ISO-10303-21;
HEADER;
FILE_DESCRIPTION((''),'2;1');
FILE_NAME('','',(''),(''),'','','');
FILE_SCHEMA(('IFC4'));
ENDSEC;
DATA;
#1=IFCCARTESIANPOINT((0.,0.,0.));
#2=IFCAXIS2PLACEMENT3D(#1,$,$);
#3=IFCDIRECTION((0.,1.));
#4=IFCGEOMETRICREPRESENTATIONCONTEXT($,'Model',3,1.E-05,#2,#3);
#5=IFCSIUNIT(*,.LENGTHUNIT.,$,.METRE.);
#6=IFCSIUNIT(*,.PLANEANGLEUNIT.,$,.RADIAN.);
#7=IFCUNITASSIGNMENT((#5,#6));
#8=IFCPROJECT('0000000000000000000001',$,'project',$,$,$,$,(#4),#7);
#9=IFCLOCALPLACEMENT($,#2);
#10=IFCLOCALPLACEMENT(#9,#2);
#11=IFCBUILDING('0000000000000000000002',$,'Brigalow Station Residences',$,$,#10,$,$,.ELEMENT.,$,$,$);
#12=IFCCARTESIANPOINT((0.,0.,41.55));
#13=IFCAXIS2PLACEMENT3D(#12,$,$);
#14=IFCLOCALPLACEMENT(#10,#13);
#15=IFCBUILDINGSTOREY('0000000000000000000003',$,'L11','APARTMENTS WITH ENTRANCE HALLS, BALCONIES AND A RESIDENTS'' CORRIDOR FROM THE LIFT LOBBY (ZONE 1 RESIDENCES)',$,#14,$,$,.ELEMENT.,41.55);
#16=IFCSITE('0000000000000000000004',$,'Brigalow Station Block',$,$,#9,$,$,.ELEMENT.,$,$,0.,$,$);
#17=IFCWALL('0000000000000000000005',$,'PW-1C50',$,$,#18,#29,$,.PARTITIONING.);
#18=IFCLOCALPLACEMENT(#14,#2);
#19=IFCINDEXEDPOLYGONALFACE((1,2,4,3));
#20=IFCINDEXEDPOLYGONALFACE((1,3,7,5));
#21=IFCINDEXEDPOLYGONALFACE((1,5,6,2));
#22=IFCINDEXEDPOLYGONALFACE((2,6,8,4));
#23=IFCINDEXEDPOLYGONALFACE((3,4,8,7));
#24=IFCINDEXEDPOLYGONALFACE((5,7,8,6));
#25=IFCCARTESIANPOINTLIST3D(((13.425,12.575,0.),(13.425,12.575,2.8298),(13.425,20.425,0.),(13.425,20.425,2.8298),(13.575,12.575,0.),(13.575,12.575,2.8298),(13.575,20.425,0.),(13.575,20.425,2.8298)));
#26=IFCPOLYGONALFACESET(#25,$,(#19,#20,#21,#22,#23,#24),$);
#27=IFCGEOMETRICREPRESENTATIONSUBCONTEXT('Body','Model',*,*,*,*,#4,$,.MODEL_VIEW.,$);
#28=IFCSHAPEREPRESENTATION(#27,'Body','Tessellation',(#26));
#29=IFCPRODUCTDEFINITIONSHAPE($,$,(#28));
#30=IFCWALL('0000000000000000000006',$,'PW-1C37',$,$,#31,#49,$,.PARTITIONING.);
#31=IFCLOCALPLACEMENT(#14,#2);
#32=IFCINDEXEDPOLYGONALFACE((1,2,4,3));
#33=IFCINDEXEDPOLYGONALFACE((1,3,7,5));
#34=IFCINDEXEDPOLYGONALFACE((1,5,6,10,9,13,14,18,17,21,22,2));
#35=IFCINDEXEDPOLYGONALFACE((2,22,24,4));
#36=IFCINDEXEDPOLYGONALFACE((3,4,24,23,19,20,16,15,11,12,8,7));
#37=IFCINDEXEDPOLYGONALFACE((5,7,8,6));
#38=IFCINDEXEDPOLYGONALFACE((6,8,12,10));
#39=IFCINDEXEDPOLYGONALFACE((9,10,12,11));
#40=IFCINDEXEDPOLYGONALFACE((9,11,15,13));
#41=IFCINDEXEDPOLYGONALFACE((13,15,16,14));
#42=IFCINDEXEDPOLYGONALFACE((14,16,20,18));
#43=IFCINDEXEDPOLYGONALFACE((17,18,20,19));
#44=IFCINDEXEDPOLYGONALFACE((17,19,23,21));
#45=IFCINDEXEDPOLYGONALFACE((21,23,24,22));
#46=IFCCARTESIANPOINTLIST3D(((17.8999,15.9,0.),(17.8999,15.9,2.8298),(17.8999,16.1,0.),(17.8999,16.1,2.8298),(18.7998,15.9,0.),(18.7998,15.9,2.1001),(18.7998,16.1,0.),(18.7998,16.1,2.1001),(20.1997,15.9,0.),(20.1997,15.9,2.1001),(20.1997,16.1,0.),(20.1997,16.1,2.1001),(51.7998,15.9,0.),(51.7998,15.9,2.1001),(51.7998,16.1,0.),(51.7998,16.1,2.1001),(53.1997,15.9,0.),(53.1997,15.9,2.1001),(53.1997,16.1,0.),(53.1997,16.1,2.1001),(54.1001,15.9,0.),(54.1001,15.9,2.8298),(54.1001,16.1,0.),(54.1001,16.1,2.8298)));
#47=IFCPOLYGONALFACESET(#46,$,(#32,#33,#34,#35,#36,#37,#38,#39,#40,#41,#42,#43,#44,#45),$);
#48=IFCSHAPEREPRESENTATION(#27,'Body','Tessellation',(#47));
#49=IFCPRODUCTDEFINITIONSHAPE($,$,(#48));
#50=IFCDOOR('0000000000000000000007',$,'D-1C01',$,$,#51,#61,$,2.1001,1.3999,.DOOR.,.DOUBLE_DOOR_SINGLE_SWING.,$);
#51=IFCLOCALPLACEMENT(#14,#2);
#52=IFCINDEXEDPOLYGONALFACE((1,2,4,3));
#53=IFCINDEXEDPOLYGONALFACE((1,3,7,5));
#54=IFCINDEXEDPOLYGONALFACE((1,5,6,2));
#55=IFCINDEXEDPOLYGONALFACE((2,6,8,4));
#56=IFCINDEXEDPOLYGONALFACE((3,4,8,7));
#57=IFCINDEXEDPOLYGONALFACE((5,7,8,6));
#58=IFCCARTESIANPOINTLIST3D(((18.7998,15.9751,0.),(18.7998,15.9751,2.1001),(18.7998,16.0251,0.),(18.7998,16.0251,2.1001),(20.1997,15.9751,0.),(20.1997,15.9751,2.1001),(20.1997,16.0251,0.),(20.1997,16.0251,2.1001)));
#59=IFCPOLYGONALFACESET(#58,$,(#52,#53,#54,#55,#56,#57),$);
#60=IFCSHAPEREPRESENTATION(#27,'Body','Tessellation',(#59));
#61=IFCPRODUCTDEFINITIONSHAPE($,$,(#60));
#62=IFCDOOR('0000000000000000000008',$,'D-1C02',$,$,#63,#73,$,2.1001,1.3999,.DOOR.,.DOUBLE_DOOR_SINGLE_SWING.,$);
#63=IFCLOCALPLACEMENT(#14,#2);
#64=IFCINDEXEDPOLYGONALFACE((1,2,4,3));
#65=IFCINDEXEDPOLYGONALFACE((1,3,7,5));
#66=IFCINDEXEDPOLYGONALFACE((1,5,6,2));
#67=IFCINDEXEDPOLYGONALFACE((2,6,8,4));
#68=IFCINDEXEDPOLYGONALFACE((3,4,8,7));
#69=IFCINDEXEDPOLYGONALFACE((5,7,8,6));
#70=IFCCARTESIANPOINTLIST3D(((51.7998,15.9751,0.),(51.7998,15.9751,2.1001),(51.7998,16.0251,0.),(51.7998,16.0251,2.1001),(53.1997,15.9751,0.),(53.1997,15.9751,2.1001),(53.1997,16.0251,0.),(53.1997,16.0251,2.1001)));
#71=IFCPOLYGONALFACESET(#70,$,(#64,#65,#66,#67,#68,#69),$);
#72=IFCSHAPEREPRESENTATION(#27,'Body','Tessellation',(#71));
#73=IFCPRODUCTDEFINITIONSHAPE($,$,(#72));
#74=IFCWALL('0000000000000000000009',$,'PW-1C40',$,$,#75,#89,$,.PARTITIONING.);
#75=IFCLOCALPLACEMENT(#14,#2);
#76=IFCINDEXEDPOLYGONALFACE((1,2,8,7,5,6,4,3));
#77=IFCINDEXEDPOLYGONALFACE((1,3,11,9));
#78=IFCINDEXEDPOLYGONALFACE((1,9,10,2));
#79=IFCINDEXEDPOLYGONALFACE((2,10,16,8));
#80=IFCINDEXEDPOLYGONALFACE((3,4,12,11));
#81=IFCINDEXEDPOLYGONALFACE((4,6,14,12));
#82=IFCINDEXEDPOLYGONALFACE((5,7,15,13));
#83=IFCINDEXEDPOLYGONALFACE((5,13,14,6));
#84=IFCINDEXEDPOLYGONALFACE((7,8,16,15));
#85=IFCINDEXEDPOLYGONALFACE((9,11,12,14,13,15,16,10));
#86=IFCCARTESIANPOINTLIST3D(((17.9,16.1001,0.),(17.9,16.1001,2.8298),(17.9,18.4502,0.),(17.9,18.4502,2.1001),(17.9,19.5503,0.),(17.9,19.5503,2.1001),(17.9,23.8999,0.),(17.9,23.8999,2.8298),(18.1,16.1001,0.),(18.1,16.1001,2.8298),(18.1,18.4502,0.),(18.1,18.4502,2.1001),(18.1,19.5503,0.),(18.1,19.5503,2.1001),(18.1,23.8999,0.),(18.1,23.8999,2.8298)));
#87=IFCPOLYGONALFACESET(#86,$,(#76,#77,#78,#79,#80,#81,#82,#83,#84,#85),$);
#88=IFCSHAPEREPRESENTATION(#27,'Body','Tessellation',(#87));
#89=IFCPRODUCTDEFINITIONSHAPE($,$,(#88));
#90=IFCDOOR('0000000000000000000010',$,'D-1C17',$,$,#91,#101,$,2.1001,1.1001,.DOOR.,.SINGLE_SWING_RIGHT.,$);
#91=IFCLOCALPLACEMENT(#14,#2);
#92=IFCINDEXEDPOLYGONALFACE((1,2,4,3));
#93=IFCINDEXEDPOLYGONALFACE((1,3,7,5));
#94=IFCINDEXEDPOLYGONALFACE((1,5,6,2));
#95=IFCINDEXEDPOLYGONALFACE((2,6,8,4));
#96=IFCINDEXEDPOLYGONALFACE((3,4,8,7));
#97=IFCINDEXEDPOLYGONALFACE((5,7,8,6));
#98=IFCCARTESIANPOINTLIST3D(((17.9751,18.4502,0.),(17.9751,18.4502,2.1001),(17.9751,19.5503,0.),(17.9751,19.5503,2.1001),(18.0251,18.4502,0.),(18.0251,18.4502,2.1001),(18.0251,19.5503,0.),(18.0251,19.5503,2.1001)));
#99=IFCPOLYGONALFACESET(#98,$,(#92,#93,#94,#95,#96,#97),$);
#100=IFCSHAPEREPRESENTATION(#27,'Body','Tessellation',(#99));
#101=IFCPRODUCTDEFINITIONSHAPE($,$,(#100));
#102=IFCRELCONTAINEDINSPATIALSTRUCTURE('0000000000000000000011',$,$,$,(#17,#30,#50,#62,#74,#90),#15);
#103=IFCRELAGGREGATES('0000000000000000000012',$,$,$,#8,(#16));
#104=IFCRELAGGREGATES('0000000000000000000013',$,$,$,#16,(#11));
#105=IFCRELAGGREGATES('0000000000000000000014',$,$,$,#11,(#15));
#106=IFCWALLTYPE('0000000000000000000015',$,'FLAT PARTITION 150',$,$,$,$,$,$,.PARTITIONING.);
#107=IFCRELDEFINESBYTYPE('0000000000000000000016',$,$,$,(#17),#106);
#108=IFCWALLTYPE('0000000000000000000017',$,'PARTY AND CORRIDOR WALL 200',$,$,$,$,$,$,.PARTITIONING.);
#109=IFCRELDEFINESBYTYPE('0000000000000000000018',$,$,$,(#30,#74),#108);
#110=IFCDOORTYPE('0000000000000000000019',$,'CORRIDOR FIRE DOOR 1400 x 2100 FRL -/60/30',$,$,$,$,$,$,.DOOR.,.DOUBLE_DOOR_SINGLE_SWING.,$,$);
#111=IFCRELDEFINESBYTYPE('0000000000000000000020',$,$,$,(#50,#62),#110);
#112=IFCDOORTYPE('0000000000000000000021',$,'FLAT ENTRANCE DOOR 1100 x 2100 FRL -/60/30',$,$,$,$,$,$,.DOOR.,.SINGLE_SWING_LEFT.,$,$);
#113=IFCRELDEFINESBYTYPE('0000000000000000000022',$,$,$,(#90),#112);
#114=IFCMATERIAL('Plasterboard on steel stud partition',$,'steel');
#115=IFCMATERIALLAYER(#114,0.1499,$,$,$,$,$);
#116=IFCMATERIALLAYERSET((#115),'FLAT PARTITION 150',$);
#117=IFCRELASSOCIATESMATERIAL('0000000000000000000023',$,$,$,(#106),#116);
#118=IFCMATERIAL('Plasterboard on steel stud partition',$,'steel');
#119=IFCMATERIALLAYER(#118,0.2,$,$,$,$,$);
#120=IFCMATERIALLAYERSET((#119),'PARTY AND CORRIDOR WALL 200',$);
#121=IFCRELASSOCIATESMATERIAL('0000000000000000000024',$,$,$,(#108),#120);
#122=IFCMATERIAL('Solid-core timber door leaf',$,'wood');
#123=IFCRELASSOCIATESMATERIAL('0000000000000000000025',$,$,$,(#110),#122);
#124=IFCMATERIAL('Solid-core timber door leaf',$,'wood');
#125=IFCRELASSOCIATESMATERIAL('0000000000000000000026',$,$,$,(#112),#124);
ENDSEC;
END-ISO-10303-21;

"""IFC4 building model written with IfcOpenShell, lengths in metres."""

from ifc_helpers import new_model, si_unit, direction, frame, frame_2d, origin, place, context, subcontext, project, spatial, rectangle, extrude, material, layer, layer_set, type_object, element, fill, save


model = new_model("IFC4")

# Units and contexts
model_context = context("Model", 3, precision=1e-05, world=origin(), true_north=direction((0.0, 1.0)))
body_context = subcontext(model_context, "Body", "Model", "MODEL_VIEW")
ifc_project = project(units=[si_unit("LENGTHUNIT", "METRE"), si_unit("PLANEANGLEUNIT", "RADIAN")], contexts=[model_context])

# Site, building, storey
site_placement = place(None, origin())
site = spatial("IfcSite", under=ifc_project, at=site_placement, Name="Brigalow Station Block", CompositionType="ELEMENT", RefElevation=0.0)
building_placement = place(site_placement, origin())
building = spatial("IfcBuilding", under=site, at=building_placement, Name="Brigalow Station Residences", CompositionType="ELEMENT")
storey_placement = place(building_placement, frame((0.0, 0.0, 41.55)))
storey = spatial("IfcBuildingStorey", under=building, at=storey_placement, Name="L11", Description="APARTMENTS WITH ENTRANCE HALLS, BALCONIES AND A RESIDENTS' CORRIDOR FROM THE LIFT LOBBY (ZONE 1 RESIDENCES)", CompositionType="ELEMENT", Elevation=41.55)

# Shared definitions
ifc_material_1 = material(Name="Plasterboard on steel stud partition", Category="steel")
ifc_layer_1 = layer(ifc_material_1, 0.1499)
ifc_layer_set_1 = layer_set([ifc_layer_1], Name="FLAT PARTITION 150")
wall_type_1 = type_object("IfcWallType", Name="FLAT PARTITION 150", PredefinedType="PARTITIONING", material=ifc_layer_set_1)

# Wall
wall_1_placement = place(storey_placement, frame((13.5, 12.575, 0.0), z_axis=(0.0, 0.0, 1.0), x_axis=(0.0, 1.0, 0.0)))
element("IfcWall", 1, at=wall_1_placement, inside=storey, type_object=wall_type_1, Name="PW-1C50", PredefinedType="PARTITIONING", context=body_context, shape_type="SweptSolid", body=[
    extrude(rectangle(XDim=7.8501, YDim=0.1499, at=frame_2d((3.925, 0.0))), origin(), (0.0, 0.0, 1.0), 2.8298),
])

# Wall, openings, doors
ifc_material_2 = material(Name="Plasterboard on steel stud partition", Category="steel")
ifc_layer_2 = layer(ifc_material_2, 0.2)
ifc_layer_set_2 = layer_set([ifc_layer_2], Name="PARTY AND CORRIDOR WALL 200")
wall_type_2 = type_object("IfcWallType", Name="PARTY AND CORRIDOR WALL 200", PredefinedType="PARTITIONING", material=ifc_layer_set_2)
wall_2_placement = place(storey_placement, frame((17.8999, 16.0, 0.0), z_axis=(0.0, 0.0, 1.0), x_axis=(1.0, 0.0, 0.0)))
wall_2 = element("IfcWall", 2, at=wall_2_placement, inside=storey, type_object=wall_type_2, Name="PW-1C37", PredefinedType="PARTITIONING", context=body_context, shape_type="SweptSolid", body=[
    extrude(rectangle(XDim=36.2002, YDim=0.2, at=frame_2d((18.1001, 0.0))), origin(), (0.0, 0.0, 1.0), 2.8298),
])
opening_1_placement = place(wall_2_placement, frame((0.8999, 0.0, 0.0)))
opening_1 = element("IfcOpeningElement", 3, at=opening_1_placement, cuts=wall_2, PredefinedType="OPENING", context=body_context, shape_type="SweptSolid", body=[
    extrude(rectangle(XDim=1.3999, YDim=2.1001, at=frame_2d((0.7, 1.05))), frame((0.0, 0.1099, 0.0), z_axis=(0.0, -1.0, 0.0), x_axis=(1.0, 0.0, 0.0)), (0.0, 0.0, 1.0), 0.22),
])
opening_2_placement = place(wall_2_placement, frame((33.8999, 0.0, 0.0)))
opening_2 = element("IfcOpeningElement", 4, at=opening_2_placement, cuts=wall_2, PredefinedType="OPENING", context=body_context, shape_type="SweptSolid", body=[
    extrude(rectangle(XDim=1.3999, YDim=2.1001, at=frame_2d((0.7, 1.05))), frame((0.0, 0.1099, 0.0), z_axis=(0.0, -1.0, 0.0), x_axis=(1.0, 0.0, 0.0)), (0.0, 0.0, 1.0), 0.22),
])
ifc_material_3 = material(Name="Solid-core timber door leaf", Category="wood")
door_type_1 = type_object("IfcDoorType", Name="CORRIDOR FIRE DOOR 1400 x 2100 FRL -/60/30", OperationType="DOUBLE_DOOR_SINGLE_SWING", PredefinedType="DOOR", material=ifc_material_3)
door_1_placement = place(opening_1_placement, frame((1.3999, 0.0, 0.0), z_axis=(0.0, 0.0, 1.0), x_axis=(-1.0, 0.0, 0.0)))
door_1 = element("IfcDoor", 5, at=door_1_placement, inside=storey, type_object=door_type_1, Name="D-1C01", OperationType="DOUBLE_DOOR_SINGLE_SWING", OverallHeight=2.1001, OverallWidth=1.3999, PredefinedType="DOOR", context=body_context, shape_type="SweptSolid", body=[
    extrude(rectangle(XDim=1.3999, YDim=2.1001, at=frame_2d((0.7, 1.05))), frame((0.0, 0.0249, 0.0), z_axis=(0.0, -1.0, 0.0), x_axis=(1.0, 0.0, 0.0)), (0.0, 0.0, 1.0), 0.05),
])
fill(opening_1, door_1)
door_2_placement = place(opening_2_placement, frame((1.3999, 0.0, 0.0), z_axis=(0.0, 0.0, 1.0), x_axis=(-1.0, 0.0, 0.0)))
door_2 = element("IfcDoor", 6, at=door_2_placement, inside=storey, type_object=door_type_1, Name="D-1C02", OperationType="DOUBLE_DOOR_SINGLE_SWING", OverallHeight=2.1001, OverallWidth=1.3999, PredefinedType="DOOR", context=body_context, shape_type="SweptSolid", body=[
    extrude(rectangle(XDim=1.3999, YDim=2.1001, at=frame_2d((0.7, 1.05))), frame((0.0, 0.0249, 0.0), z_axis=(0.0, -1.0, 0.0), x_axis=(1.0, 0.0, 0.0)), (0.0, 0.0, 1.0), 0.05),
])
fill(opening_2, door_2)

# Wall, opening, door
wall_3_placement = place(storey_placement, frame((18.0, 16.1001, 0.0), z_axis=(0.0, 0.0, 1.0), x_axis=(0.0, 1.0, 0.0)))
wall_3 = element("IfcWall", 7, at=wall_3_placement, inside=storey, type_object=wall_type_2, Name="PW-1C40", PredefinedType="PARTITIONING", context=body_context, shape_type="SweptSolid", body=[
    extrude(rectangle(XDim=7.7998, YDim=0.2, at=frame_2d((3.8999, 0.0))), origin(), (0.0, 0.0, 1.0), 2.8298),
])
opening_3_placement = place(wall_3_placement, frame((2.3501, 0.0, 0.0)))
opening_3 = element("IfcOpeningElement", 8, at=opening_3_placement, cuts=wall_3, PredefinedType="OPENING", context=body_context, shape_type="SweptSolid", body=[
    extrude(rectangle(XDim=1.1001, YDim=2.1001, at=frame_2d((0.55, 1.05))), frame((0.0, 0.1099, 0.0), z_axis=(0.0, -1.0, 0.0), x_axis=(1.0, 0.0, 0.0)), (0.0, 0.0, 1.0), 0.22),
])
ifc_material_4 = material(Name="Solid-core timber door leaf", Category="wood")
door_type_2 = type_object("IfcDoorType", Name="FLAT ENTRANCE DOOR 1100 x 2100 FRL -/60/30", OperationType="SINGLE_SWING_LEFT", PredefinedType="DOOR", material=ifc_material_4)
door_3_placement = place(opening_3_placement, origin())
door_3 = element("IfcDoor", 9, at=door_3_placement, inside=storey, type_object=door_type_2, Name="D-1C17", OperationType="SINGLE_SWING_RIGHT", OverallHeight=2.1001, OverallWidth=1.1001, PredefinedType="DOOR", context=body_context, shape_type="SweptSolid", body=[
    extrude(rectangle(XDim=1.1001, YDim=2.1001, at=frame_2d((0.55, 1.05))), frame((0.0, 0.0249, 0.0), z_axis=(0.0, -1.0, 0.0), x_axis=(1.0, 0.0, 0.0)), (0.0, 0.0, 1.0), 0.05),
])
fill(opening_3, door_3)

save(model, "model.ifc")
